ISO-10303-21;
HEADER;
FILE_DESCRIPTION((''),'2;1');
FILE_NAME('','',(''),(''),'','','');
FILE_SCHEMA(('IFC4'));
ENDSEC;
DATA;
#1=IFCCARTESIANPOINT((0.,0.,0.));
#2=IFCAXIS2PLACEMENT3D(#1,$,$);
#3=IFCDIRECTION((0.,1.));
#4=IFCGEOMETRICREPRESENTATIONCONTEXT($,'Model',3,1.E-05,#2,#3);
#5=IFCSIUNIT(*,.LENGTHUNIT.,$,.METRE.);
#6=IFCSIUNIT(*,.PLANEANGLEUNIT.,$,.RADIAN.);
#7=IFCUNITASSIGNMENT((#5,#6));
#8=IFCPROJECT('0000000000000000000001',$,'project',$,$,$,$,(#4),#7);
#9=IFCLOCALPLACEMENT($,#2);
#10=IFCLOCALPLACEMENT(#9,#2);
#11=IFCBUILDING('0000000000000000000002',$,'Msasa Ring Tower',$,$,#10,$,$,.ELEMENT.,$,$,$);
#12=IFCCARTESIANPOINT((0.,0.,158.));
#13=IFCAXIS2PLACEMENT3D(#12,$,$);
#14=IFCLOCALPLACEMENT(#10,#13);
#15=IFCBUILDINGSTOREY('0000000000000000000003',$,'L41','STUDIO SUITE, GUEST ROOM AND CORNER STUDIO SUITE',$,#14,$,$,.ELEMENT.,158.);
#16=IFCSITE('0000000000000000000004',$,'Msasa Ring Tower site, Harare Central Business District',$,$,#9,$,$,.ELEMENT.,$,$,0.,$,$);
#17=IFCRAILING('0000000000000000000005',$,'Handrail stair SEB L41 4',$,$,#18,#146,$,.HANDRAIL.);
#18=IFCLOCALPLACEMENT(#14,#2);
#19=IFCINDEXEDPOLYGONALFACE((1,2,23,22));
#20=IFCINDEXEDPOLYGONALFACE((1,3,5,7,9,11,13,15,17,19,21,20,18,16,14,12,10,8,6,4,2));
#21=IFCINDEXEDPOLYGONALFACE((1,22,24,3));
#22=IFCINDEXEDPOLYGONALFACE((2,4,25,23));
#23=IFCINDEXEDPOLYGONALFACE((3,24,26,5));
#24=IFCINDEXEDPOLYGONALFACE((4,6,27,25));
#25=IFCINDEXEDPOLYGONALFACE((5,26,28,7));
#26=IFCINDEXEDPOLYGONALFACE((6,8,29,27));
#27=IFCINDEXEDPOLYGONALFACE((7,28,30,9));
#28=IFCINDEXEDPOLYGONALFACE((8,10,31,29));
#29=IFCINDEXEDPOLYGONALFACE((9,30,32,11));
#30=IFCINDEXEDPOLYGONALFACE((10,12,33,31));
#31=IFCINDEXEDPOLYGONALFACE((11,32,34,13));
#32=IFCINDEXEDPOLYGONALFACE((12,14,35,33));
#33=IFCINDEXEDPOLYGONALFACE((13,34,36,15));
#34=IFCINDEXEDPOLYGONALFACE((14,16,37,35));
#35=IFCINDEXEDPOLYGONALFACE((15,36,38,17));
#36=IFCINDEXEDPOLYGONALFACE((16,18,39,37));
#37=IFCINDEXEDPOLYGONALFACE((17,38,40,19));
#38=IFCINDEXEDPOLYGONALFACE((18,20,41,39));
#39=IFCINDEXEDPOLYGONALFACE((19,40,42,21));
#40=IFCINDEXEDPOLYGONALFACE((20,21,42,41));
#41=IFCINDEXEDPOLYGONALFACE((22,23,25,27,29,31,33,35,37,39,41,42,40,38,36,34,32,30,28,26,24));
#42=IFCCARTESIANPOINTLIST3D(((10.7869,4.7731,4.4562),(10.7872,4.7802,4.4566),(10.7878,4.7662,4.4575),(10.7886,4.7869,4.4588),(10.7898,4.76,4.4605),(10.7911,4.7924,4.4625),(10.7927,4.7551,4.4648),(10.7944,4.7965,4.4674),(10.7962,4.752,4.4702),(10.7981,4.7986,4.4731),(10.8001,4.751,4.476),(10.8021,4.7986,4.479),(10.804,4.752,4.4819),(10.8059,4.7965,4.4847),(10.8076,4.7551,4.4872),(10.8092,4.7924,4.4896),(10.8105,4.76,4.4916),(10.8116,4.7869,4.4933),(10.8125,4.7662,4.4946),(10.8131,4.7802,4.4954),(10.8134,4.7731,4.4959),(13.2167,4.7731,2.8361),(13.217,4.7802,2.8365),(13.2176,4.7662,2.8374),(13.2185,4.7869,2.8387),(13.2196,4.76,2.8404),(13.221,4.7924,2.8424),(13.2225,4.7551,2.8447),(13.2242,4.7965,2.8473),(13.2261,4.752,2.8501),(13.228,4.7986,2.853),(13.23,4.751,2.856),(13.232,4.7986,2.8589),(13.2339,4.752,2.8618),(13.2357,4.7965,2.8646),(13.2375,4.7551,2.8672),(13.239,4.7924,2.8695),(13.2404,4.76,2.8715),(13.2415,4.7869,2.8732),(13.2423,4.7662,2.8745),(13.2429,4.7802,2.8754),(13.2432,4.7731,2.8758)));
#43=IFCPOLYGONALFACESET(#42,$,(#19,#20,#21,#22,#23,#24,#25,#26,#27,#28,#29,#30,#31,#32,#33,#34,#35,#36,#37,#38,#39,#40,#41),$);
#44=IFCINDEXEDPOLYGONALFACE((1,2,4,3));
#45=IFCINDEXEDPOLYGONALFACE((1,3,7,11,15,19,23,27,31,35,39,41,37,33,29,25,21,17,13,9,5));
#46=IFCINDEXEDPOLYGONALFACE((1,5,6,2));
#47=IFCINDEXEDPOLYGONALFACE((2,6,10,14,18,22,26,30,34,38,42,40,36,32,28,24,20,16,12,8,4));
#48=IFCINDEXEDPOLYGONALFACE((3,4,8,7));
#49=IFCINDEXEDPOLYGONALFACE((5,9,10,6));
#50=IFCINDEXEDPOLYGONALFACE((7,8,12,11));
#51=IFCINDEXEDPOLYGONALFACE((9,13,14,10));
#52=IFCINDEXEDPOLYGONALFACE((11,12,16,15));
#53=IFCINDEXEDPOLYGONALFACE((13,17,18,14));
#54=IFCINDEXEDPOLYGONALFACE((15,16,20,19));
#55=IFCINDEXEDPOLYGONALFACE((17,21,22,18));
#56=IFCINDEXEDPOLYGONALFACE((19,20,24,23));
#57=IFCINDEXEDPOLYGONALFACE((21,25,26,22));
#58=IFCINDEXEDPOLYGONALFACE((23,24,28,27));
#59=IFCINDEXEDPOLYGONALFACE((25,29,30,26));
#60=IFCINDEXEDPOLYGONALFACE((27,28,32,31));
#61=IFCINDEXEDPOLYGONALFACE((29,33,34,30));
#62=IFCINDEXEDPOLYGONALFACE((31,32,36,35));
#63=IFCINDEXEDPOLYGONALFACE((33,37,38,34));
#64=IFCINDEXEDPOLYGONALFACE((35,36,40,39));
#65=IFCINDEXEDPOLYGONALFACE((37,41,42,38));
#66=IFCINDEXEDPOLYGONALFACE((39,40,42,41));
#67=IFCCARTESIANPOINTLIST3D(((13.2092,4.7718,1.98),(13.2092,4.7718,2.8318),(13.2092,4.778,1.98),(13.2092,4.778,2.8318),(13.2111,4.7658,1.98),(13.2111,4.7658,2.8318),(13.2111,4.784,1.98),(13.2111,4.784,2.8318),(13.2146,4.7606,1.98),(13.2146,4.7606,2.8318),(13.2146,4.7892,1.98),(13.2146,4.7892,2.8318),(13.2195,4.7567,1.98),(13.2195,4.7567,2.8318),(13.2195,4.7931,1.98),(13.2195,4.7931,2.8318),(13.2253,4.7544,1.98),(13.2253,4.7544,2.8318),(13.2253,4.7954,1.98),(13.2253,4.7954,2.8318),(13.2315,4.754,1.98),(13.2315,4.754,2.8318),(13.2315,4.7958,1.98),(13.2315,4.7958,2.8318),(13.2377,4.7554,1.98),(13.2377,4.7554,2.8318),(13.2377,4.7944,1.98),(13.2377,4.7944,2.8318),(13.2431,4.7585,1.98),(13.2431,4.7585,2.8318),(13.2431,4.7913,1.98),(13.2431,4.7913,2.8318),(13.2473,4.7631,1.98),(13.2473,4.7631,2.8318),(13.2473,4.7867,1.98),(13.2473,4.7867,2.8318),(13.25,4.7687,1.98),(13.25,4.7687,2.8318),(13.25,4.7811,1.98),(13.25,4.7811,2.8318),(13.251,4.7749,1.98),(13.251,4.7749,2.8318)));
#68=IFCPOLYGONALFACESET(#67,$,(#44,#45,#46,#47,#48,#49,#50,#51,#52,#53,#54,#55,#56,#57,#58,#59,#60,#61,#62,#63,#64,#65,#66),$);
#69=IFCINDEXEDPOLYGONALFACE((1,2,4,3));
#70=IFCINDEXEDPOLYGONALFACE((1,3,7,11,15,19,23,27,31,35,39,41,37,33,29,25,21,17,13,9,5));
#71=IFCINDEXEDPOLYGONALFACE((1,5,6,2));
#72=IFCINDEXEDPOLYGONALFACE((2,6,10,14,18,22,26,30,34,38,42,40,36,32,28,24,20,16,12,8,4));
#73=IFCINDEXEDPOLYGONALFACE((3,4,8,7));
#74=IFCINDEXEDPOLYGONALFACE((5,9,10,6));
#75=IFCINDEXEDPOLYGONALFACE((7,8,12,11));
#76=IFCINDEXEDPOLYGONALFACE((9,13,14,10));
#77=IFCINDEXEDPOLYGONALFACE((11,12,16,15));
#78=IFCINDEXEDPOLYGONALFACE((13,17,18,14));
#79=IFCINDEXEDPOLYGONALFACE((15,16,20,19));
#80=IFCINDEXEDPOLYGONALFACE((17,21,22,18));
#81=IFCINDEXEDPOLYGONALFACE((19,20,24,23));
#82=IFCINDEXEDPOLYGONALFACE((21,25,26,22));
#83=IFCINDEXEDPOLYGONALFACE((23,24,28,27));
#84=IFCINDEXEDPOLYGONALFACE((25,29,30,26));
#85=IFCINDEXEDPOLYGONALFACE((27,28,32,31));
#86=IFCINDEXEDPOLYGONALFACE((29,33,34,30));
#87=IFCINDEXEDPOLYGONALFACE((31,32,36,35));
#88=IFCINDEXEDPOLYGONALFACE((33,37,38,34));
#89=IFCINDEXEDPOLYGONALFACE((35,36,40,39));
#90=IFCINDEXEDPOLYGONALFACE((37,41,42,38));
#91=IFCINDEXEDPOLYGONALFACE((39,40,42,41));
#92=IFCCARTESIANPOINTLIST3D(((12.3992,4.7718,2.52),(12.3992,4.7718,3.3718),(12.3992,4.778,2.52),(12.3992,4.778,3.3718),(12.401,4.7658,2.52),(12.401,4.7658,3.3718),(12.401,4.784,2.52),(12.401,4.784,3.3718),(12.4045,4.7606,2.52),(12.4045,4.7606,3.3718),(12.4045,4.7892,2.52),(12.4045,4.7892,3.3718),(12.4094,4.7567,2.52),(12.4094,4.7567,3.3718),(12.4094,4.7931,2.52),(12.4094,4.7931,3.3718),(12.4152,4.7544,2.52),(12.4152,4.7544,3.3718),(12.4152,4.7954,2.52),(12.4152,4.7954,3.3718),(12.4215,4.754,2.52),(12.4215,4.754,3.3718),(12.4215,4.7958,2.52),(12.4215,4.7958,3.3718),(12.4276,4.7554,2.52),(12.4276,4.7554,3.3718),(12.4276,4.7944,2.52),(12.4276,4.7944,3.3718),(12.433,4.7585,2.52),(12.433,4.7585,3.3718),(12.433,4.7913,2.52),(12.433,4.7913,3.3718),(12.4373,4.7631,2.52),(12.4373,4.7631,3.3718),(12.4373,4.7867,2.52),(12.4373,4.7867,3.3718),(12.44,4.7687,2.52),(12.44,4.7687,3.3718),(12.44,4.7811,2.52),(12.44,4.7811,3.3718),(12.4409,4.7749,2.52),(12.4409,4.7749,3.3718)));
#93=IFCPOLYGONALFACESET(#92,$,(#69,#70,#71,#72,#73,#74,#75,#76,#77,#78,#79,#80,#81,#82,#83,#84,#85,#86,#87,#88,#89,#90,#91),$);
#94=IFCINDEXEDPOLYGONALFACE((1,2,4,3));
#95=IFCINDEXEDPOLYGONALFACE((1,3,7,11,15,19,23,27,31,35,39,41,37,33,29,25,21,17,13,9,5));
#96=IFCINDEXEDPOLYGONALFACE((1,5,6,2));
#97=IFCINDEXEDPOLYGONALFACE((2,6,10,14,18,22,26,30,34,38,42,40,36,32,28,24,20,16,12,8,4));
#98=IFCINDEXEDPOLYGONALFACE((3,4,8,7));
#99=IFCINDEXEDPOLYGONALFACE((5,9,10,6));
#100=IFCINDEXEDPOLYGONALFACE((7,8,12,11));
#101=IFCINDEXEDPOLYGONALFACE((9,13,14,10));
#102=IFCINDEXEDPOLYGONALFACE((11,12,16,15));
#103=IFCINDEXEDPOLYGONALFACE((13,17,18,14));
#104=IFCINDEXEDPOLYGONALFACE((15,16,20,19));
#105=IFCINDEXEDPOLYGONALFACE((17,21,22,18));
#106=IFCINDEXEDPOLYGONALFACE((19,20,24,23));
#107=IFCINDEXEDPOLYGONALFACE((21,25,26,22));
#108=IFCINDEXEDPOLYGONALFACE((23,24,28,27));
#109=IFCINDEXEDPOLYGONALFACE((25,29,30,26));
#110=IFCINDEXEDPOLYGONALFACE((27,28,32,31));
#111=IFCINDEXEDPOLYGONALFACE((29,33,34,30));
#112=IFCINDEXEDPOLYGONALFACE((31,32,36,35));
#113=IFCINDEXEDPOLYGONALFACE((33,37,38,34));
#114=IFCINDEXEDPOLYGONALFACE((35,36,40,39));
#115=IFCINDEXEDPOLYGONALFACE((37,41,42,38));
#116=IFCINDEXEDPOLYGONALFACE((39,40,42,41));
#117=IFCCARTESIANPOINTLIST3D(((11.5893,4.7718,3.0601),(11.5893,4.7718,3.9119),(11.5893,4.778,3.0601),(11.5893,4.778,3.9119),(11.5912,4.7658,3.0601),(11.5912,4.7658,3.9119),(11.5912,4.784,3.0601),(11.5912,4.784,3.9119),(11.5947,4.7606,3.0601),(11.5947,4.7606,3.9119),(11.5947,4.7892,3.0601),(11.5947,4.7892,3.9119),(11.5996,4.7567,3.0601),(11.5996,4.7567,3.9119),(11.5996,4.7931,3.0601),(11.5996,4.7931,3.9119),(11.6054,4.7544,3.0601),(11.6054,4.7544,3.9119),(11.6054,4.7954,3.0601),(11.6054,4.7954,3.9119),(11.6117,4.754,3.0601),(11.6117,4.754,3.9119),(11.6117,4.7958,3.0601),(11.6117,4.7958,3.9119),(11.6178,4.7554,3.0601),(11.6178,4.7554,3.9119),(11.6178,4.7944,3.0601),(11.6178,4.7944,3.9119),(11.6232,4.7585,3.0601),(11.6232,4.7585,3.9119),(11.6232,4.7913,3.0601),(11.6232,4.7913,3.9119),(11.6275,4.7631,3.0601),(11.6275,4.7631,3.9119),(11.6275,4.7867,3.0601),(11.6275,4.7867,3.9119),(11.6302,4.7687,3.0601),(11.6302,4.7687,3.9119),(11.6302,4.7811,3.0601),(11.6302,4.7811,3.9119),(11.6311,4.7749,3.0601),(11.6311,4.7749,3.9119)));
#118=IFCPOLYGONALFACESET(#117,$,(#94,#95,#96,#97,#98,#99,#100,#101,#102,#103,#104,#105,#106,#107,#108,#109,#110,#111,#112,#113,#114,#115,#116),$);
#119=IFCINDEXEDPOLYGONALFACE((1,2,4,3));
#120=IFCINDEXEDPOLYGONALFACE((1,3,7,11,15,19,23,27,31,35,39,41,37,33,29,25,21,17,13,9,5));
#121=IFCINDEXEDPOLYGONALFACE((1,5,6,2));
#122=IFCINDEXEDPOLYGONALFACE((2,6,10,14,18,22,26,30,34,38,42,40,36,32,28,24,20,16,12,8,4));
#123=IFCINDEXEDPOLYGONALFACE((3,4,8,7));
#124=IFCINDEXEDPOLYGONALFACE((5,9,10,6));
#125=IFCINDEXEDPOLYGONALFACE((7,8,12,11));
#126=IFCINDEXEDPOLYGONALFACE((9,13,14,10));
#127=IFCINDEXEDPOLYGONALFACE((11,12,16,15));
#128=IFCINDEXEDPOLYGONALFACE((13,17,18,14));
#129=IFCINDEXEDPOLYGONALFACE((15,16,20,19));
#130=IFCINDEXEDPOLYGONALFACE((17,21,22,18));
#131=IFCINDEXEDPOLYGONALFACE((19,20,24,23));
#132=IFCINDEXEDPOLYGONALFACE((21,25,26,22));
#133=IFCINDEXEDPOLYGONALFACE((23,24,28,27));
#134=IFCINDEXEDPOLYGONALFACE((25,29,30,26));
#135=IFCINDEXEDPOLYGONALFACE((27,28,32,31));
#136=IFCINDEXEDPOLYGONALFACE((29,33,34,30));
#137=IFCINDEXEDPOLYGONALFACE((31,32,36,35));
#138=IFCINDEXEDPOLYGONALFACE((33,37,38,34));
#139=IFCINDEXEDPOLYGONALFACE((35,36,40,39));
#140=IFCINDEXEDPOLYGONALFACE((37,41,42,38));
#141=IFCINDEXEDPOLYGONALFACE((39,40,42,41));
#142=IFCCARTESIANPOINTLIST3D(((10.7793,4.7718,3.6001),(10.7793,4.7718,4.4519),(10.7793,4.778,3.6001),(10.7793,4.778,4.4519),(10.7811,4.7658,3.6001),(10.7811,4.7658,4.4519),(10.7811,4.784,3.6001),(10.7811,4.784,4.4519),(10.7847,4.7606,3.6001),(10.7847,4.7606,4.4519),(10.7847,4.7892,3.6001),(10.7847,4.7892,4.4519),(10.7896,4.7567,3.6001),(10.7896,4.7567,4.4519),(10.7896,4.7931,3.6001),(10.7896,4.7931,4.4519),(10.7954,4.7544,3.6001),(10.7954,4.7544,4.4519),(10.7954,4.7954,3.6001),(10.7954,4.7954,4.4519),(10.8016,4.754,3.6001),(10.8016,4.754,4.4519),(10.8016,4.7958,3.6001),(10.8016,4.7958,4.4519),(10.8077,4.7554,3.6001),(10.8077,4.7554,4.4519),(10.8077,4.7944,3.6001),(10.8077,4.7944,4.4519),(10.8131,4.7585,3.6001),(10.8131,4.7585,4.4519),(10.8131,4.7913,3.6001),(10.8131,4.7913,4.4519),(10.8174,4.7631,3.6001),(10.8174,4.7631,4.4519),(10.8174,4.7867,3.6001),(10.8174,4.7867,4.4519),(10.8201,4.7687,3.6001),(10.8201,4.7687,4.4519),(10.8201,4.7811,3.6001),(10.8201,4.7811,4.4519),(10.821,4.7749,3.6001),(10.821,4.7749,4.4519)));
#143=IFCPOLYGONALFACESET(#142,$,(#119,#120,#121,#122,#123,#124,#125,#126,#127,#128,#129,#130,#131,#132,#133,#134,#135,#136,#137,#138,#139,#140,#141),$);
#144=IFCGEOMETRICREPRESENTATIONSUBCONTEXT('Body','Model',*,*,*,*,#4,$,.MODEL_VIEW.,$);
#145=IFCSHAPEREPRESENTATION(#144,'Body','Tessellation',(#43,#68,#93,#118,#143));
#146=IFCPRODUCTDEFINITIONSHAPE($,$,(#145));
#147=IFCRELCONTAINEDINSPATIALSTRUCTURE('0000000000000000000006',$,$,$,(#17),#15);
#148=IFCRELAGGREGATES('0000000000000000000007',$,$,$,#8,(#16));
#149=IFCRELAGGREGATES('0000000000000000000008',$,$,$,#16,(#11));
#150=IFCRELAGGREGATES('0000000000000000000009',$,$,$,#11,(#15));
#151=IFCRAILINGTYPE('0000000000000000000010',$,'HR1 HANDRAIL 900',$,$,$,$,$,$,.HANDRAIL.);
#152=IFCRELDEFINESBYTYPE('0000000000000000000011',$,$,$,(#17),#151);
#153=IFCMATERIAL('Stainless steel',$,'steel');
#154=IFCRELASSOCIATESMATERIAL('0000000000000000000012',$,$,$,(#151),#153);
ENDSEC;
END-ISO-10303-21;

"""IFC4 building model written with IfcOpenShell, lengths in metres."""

from ifc_helpers import new_model, si_unit, direction, frame, origin, origin_2d, place, context, subcontext, project, spatial, circle, extrude, material, type_object, element, save


model = new_model("IFC4")

# Units and contexts
model_context = context("Model", 3, precision=1e-05, world=origin(), true_north=direction((0.0, 1.0)))
body_context = subcontext(model_context, "Body", "Model", "MODEL_VIEW")
ifc_project = project(units=[si_unit("LENGTHUNIT", "METRE"), si_unit("PLANEANGLEUNIT", "RADIAN")], contexts=[model_context])

# Site, building, storey
site_placement = place(None, origin())
site = spatial("IfcSite", under=ifc_project, at=site_placement, Name="Msasa Ring Tower site, Harare Central Business District", CompositionType="ELEMENT", RefElevation=0.0)
building_placement = place(site_placement, origin())
building = spatial("IfcBuilding", under=site, at=building_placement, Name="Msasa Ring Tower", CompositionType="ELEMENT")
storey_placement = place(building_placement, frame((0.0, 0.0, 158.0)))
storey = spatial("IfcBuildingStorey", under=building, at=storey_placement, Name="L41", Description="STUDIO SUITE, GUEST ROOM AND CORNER STUDIO SUITE", CompositionType="ELEMENT", Elevation=158.0)

# Railing
ifc_material_1 = material(Name="Stainless steel", Category="steel")
railing_type = type_object("IfcRailingType", Name="HR1 HANDRAIL 900", PredefinedType="HANDRAIL", material=ifc_material_1)
for number, where, name in (
    (1, (13.23, 4.7749, 1.98), "Handrail stair SEB L41 4"),
):
    element("IfcRailing", number, at=place(storey_placement, frame(where)), inside=storey, type_object=railing_type, Name=name, PredefinedType="HANDRAIL", context=body_context, shape_type="SweptSolid", body=[
        extrude(circle(Radius=0.0239, at=origin_2d()), frame((0.0, 0.0, 0.876), z_axis=(-0.832025, 0.0, 0.554739), x_axis=(0.0, -1.0, 0.0)), (0.0, 0.0, 1.0), 2.9204),
        extrude(circle(Radius=0.021, at=origin_2d()), origin(), (0.0, 0.0, 1.0), 0.8518),
        extrude(circle(Radius=0.021, at=origin_2d()), frame((-0.8101, 0.0, 0.54)), (0.0, 0.0, 1.0), 0.8518),
        extrude(circle(Radius=0.021, at=origin_2d()), frame((-1.6199, 0.0, 1.0801)), (0.0, 0.0, 1.0), 0.8518),
        extrude(circle(Radius=0.021, at=origin_2d()), frame((-2.4299, 0.0, 1.6201)), (0.0, 0.0, 1.0), 0.8518),
    ])

save(model, "model.ifc")
